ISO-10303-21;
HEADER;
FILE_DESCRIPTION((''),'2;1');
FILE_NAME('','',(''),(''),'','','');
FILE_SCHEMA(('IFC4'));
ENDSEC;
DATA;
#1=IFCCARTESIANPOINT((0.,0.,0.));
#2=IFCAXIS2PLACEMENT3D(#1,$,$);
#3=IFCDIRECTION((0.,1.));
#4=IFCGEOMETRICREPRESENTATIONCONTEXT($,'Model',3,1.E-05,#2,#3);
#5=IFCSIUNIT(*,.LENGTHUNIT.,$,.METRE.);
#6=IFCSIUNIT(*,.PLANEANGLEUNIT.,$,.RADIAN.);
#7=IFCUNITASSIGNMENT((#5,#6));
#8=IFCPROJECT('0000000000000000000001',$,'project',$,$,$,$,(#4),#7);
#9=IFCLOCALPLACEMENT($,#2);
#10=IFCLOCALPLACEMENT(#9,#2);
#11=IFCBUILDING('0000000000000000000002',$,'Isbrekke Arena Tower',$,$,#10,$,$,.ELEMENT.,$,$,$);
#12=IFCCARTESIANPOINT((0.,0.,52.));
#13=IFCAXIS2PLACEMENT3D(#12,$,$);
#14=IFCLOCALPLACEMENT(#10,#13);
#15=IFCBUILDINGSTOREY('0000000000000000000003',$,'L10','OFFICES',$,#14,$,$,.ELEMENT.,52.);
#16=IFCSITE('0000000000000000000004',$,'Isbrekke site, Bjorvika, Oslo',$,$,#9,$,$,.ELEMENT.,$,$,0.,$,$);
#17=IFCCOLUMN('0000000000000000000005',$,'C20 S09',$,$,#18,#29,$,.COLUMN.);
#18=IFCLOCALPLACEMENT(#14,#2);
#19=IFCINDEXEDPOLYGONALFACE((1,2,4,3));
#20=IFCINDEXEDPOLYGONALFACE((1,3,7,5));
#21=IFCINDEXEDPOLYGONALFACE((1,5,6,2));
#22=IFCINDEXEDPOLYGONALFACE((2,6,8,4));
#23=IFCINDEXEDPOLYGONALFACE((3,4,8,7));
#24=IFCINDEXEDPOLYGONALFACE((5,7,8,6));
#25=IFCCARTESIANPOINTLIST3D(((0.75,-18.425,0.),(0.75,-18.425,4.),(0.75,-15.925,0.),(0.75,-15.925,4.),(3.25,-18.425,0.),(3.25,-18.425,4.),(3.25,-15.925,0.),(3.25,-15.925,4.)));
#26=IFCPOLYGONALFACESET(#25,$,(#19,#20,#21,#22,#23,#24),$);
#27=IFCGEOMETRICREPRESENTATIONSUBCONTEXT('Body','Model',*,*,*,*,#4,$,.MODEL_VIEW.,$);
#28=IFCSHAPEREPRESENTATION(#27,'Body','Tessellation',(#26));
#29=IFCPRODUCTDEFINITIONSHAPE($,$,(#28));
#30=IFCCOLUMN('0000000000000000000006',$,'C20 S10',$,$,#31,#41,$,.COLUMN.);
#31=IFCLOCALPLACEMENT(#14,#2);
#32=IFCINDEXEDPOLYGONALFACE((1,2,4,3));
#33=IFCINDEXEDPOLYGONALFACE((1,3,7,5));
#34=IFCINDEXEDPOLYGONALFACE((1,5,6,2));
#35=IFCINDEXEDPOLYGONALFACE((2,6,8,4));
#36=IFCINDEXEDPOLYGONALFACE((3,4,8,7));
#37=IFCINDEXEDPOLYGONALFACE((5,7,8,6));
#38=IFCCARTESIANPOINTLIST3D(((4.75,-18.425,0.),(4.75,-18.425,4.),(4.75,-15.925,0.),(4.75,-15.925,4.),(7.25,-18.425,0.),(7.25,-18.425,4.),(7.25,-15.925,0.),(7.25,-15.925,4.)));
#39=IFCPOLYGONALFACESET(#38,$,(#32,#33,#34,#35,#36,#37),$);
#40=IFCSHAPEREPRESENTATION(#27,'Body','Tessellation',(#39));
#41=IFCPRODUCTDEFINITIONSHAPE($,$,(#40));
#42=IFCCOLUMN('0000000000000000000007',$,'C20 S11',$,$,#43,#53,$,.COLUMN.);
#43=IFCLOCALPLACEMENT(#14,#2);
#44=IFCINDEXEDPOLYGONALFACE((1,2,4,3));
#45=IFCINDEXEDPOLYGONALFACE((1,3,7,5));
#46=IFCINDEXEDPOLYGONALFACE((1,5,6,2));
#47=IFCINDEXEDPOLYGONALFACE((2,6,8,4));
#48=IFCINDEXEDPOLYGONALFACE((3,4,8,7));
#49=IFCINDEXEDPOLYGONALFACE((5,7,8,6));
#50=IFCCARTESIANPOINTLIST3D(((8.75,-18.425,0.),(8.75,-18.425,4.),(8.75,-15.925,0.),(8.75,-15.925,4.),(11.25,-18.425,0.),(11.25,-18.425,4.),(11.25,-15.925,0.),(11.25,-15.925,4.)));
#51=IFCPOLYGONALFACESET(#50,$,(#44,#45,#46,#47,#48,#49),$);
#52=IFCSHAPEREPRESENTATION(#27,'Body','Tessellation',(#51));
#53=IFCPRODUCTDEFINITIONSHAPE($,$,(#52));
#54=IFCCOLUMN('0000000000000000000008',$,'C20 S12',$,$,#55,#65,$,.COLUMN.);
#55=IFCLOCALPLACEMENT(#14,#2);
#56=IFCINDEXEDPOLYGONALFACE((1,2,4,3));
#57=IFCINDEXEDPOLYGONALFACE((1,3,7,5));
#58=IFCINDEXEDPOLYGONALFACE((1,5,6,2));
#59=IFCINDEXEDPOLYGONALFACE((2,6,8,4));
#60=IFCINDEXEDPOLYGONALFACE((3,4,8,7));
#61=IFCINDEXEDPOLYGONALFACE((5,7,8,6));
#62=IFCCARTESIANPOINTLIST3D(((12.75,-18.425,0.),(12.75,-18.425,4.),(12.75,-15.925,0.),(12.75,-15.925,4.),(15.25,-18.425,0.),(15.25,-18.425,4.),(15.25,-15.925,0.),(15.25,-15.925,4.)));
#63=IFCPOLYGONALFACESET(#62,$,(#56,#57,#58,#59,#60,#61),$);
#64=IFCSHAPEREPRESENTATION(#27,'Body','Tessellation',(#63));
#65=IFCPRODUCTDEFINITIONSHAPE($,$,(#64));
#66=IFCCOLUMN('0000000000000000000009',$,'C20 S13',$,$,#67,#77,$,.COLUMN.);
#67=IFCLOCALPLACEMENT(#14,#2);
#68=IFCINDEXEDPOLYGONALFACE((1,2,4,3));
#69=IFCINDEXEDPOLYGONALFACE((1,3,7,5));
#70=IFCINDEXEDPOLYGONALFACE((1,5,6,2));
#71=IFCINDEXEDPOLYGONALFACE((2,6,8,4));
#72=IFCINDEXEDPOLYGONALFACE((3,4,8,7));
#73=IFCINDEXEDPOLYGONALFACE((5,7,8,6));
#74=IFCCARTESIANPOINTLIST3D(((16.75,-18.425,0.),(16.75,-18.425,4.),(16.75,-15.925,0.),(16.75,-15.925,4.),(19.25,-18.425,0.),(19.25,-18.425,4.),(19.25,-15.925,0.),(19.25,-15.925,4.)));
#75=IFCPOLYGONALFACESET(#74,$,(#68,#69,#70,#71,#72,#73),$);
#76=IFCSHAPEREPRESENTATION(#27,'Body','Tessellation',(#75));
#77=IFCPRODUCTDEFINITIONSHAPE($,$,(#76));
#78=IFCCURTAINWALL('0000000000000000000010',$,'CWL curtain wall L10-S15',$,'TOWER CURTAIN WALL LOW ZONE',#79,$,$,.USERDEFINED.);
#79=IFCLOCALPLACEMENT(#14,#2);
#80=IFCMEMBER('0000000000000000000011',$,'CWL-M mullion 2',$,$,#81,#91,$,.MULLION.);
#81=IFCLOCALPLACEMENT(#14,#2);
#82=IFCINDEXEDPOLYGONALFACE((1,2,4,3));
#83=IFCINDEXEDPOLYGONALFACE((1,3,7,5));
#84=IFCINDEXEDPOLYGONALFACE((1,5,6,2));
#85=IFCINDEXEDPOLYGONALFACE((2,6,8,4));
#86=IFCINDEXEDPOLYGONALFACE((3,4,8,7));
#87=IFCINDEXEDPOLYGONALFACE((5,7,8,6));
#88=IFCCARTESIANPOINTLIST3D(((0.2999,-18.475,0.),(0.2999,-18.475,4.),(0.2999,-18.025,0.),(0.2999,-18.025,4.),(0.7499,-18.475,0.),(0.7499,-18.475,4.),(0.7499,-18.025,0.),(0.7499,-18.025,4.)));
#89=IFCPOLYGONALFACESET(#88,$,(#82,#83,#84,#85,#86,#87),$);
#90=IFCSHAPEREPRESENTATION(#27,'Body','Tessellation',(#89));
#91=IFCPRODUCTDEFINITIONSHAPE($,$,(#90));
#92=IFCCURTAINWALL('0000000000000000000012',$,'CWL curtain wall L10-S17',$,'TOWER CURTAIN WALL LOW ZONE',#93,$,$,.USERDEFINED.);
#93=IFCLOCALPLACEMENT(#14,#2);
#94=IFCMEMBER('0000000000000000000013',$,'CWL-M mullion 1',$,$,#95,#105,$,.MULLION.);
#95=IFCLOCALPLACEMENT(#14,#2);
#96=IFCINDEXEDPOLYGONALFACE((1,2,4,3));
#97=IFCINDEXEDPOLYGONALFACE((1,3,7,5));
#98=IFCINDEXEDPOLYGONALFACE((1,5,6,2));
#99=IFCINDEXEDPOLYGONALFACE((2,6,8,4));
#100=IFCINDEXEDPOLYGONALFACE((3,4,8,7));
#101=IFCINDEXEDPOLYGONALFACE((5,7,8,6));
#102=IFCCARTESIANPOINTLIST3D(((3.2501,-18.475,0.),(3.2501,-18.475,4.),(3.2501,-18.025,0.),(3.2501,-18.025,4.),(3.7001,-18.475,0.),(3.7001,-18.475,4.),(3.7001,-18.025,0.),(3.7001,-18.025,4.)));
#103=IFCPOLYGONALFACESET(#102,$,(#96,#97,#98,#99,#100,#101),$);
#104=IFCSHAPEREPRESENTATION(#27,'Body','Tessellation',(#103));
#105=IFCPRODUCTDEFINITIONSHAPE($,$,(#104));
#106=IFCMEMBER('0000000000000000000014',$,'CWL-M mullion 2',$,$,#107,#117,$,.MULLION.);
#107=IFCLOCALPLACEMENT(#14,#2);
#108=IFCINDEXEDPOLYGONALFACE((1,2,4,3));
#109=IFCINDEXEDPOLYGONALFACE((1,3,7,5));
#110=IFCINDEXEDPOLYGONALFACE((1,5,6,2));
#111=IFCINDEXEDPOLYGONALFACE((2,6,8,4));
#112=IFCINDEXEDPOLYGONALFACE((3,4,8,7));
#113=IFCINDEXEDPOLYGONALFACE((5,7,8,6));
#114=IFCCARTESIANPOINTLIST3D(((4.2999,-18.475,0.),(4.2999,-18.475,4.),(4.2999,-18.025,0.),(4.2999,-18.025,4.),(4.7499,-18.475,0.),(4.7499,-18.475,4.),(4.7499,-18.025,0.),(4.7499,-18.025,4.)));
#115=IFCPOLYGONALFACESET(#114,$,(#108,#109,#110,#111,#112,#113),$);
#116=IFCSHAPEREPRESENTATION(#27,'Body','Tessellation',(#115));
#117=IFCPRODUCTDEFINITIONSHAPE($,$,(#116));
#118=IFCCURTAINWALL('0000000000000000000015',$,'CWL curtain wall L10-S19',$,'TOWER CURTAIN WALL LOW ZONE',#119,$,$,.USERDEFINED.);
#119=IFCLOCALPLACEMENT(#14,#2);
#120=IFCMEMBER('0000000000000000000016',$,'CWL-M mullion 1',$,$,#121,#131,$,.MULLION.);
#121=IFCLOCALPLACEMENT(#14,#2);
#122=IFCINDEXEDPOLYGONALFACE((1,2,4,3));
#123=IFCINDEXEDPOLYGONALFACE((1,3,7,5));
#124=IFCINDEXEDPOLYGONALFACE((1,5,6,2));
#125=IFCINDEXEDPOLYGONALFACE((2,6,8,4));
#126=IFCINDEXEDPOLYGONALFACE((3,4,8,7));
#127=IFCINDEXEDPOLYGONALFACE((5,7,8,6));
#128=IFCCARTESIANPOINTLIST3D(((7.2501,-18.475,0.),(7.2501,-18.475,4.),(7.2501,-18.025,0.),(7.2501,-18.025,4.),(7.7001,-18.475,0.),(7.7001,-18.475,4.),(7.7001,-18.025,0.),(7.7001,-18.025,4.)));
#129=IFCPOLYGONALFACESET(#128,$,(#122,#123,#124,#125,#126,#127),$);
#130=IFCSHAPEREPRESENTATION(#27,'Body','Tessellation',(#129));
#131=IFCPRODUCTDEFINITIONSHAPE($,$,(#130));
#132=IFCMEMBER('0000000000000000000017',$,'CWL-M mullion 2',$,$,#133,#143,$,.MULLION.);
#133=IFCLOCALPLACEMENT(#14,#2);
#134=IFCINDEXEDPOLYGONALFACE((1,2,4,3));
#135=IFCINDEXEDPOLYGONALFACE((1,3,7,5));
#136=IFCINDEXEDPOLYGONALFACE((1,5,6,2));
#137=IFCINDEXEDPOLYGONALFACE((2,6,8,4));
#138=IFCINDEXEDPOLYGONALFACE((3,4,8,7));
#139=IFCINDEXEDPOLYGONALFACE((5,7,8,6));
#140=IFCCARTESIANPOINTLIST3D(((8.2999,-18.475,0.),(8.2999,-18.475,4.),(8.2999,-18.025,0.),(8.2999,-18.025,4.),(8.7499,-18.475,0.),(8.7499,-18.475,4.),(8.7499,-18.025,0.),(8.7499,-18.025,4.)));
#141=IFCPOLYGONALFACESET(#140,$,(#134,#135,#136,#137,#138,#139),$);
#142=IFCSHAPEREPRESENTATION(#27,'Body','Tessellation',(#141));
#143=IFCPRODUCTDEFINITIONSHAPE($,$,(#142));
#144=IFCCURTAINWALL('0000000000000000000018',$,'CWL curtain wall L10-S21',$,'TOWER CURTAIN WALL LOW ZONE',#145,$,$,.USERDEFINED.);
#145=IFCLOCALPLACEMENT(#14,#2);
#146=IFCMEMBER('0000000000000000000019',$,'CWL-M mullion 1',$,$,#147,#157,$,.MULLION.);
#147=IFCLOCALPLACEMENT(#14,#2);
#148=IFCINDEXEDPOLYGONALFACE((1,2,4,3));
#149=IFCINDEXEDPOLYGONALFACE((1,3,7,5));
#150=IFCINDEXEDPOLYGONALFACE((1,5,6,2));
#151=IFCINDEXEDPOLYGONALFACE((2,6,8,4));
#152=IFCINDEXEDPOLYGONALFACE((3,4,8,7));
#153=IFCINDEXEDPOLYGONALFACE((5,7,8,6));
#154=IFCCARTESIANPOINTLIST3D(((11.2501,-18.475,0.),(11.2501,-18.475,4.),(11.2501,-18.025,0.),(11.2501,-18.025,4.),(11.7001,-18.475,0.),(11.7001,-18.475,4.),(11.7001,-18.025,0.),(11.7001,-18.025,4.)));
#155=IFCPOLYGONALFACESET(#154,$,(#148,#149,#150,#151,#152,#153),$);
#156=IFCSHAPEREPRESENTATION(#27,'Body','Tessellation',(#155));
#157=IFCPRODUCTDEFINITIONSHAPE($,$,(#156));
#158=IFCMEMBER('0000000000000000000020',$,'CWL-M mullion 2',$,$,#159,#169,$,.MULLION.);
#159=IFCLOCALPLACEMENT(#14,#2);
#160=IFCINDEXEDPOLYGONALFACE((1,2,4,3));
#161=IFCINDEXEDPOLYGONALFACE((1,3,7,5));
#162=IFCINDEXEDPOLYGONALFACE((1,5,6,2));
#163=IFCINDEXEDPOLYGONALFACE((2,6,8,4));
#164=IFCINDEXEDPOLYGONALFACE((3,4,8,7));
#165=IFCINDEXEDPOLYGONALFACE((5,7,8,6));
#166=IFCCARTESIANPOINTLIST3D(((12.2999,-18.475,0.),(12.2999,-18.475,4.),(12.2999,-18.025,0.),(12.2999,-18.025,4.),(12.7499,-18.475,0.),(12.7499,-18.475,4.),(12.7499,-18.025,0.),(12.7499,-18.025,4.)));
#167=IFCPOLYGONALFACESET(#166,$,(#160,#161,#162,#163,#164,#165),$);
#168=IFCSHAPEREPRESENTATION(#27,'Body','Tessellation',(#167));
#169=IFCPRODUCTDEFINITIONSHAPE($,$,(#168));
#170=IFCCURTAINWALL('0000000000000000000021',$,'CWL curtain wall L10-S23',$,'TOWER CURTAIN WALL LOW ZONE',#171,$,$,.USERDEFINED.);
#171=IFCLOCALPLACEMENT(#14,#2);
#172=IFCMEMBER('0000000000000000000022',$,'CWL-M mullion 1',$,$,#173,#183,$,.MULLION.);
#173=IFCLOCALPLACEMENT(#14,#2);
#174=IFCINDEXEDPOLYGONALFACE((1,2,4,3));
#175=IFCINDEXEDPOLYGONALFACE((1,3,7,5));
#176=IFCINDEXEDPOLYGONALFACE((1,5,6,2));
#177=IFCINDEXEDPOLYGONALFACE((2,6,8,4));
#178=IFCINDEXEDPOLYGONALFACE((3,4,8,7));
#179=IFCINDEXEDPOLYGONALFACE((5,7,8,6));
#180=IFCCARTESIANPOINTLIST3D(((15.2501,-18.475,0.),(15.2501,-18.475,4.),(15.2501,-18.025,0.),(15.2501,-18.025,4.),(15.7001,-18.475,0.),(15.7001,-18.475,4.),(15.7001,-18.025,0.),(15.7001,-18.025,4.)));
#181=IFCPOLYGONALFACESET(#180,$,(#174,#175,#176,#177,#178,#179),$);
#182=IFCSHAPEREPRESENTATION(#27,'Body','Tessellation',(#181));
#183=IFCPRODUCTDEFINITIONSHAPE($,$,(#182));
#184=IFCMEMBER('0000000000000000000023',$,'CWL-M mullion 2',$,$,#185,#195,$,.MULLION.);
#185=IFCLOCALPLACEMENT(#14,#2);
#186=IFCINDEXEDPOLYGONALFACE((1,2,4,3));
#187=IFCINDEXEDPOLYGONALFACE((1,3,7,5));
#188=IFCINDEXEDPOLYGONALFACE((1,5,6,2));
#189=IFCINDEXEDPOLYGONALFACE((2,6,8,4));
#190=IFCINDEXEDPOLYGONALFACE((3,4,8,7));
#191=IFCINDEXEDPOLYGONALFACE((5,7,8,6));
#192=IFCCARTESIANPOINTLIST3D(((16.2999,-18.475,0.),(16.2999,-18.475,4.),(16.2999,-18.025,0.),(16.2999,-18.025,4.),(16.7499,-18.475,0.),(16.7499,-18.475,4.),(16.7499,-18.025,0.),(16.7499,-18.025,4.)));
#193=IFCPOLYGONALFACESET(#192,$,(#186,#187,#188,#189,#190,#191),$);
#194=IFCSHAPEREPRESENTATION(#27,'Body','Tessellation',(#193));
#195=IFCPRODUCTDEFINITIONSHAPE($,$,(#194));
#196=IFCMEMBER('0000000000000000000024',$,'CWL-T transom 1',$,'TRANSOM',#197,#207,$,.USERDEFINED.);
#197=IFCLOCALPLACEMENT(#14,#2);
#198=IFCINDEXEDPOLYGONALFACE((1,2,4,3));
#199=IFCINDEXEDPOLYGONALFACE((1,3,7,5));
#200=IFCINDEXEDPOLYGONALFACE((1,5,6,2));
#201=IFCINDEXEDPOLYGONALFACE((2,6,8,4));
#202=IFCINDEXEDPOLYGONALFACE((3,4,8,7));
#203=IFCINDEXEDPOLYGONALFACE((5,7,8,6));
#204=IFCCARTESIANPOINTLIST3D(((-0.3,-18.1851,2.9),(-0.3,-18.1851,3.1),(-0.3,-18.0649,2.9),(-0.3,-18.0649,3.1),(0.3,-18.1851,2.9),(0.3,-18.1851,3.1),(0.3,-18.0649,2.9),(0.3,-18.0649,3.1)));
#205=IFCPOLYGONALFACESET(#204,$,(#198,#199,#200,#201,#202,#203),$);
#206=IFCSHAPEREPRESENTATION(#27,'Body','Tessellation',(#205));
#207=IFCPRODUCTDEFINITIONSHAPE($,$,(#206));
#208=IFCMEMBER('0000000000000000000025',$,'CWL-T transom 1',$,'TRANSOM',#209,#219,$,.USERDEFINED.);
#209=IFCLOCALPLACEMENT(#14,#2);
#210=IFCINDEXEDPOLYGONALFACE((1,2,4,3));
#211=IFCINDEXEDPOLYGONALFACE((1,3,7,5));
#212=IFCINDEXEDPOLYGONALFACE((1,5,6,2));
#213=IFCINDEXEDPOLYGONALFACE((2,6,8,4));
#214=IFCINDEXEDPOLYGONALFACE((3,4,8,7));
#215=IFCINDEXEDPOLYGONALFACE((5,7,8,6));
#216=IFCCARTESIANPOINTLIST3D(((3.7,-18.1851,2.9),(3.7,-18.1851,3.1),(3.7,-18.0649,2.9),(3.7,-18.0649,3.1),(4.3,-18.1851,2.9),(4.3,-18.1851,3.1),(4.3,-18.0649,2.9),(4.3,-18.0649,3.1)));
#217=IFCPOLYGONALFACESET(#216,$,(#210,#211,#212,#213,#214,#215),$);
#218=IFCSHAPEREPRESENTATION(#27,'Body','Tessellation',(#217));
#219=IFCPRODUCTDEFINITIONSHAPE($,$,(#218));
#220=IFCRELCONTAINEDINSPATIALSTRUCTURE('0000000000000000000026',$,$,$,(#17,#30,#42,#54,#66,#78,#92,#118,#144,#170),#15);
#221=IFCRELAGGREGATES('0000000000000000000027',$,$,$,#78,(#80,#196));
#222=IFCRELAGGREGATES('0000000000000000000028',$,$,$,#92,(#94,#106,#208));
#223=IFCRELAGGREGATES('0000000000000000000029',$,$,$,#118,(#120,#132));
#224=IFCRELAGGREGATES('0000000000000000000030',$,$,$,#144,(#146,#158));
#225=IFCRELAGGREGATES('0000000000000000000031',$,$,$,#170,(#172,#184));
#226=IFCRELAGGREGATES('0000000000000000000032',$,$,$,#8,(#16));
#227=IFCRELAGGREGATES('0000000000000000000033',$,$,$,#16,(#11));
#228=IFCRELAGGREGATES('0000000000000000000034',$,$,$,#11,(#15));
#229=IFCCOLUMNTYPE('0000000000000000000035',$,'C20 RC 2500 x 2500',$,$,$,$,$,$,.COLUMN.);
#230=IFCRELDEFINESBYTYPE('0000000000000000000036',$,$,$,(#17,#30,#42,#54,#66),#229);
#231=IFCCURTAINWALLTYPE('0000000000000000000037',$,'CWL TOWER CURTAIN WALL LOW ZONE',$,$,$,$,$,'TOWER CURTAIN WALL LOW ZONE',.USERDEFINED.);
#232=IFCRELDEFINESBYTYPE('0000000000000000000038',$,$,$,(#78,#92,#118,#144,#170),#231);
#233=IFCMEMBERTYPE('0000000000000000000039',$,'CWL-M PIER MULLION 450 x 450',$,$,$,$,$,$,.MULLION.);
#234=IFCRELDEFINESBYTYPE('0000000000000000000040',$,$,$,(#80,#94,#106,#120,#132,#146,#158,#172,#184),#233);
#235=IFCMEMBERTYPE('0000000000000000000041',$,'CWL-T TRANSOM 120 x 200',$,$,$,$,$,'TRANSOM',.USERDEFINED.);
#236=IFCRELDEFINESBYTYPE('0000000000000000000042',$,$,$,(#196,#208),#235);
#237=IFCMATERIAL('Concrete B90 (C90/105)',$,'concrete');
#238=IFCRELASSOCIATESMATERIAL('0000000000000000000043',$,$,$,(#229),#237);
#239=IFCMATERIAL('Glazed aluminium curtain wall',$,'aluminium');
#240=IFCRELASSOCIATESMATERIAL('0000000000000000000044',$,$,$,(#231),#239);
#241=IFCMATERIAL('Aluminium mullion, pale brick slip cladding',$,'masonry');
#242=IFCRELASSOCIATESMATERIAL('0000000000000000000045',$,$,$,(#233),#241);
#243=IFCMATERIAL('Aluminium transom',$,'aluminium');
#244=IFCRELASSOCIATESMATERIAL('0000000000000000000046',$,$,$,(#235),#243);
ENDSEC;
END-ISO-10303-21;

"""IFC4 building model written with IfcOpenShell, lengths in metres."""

from ifc_helpers import new_model, si_unit, direction, frame, origin, origin_2d, place, context, subcontext, project, spatial, rectangle, extrude, material, material_profile, profile_set, type_object, element, aggregate, save


model = new_model("IFC4")

# Units and contexts
model_context = context("Model", 3, precision=1e-05, world=origin(), true_north=direction((0.0, 1.0)))
body_context = subcontext(model_context, "Body", "Model", "MODEL_VIEW")
ifc_project = project(units=[si_unit("LENGTHUNIT", "METRE"), si_unit("PLANEANGLEUNIT", "RADIAN")], contexts=[model_context])

# Site, building, storey
site_placement = place(None, origin())
site = spatial("IfcSite", under=ifc_project, at=site_placement, Name="Isbrekke site, Bjorvika, Oslo", CompositionType="ELEMENT", RefElevation=0.0)
building_placement = place(site_placement, origin())
building = spatial("IfcBuilding", under=site, at=building_placement, Name="Isbrekke Arena Tower", CompositionType="ELEMENT")
storey_placement = place(building_placement, frame((0.0, 0.0, 52.0)))
storey = spatial("IfcBuildingStorey", under=building, at=storey_placement, Name="L10", Description="OFFICES", CompositionType="ELEMENT", Elevation=52.0)

# Columns
ifc_material_1 = material(Name="Concrete B90 (C90/105)", Category="concrete")
ifc_material_profile_1 = material_profile(ifc_material_1, rectangle(XDim=2.5, YDim=2.5, at=origin_2d()), Name="RC 2500x2500")
ifc_profile_set_1 = profile_set([ifc_material_profile_1], Name="Concrete B90 (C90/105)")
column_type = type_object("IfcColumnType", Name="C20 RC 2500 x 2500", PredefinedType="COLUMN", material=ifc_profile_set_1)
for number, where, z_axis, x_axis, name in (
    (1, (2.0, -17.175, 0.0), (0.0, 0.0, 1.0), (1.0, 0.0, 0.0), "C20 S09"),
    (2, (6.0, -17.175, 0.0), (0.0, 0.0, 1.0), (1.0, 0.0, 0.0), "C20 S10"),
    (3, (10.0, -17.175, 0.0), (0.0, 0.0, 1.0), (1.0, 0.0, 0.0), "C20 S11"),
    (4, (14.0, -17.175, 0.0), (0.0, 0.0, 1.0), (1.0, 0.0, 0.0), "C20 S12"),
    (5, (18.0, -17.175, 0.0), (0.0, 0.0, 1.0), (1.0, 0.0, 0.0), "C20 S13"),
):
    element("IfcColumn", number, at=place(storey_placement, frame(where, z_axis=z_axis, x_axis=x_axis)), inside=storey, type_object=column_type, Name=name, PredefinedType="COLUMN", context=body_context, shape_type="SweptSolid", body=[
        extrude(rectangle(XDim=2.5, YDim=2.5, at=origin_2d()), origin(), (0.0, 0.0, 1.0), 4.0),
    ])

# Curtain wall, member
ifc_material_2 = material(Name="Glazed aluminium curtain wall", Category="aluminium")
curtain_wall_type = type_object("IfcCurtainWallType", Name="CWL TOWER CURTAIN WALL LOW ZONE", ElementType="TOWER CURTAIN WALL LOW ZONE", PredefinedType="USERDEFINED", material=ifc_material_2)
curtain_wall_1_placement = place(storey_placement, origin())
curtain_wall_1 = element("IfcCurtainWall", 6, at=curtain_wall_1_placement, inside=storey, type_object=curtain_wall_type, Name="CWL curtain wall L10-S15", ObjectType="TOWER CURTAIN WALL LOW ZONE", PredefinedType="USERDEFINED")
ifc_material_3 = material(Name="Aluminium mullion, pale brick slip cladding", Category="masonry")
ifc_material_profile_2 = material_profile(ifc_material_3, rectangle(XDim=0.45, YDim=0.45, at=origin_2d()), Name="PIER 450X450")
ifc_profile_set_2 = profile_set([ifc_material_profile_2], Name="Aluminium mullion, pale brick slip cladding")
member_type_1 = type_object("IfcMemberType", Name="CWL-M PIER MULLION 450 x 450", PredefinedType="MULLION", material=ifc_profile_set_2)
member_1_placement = place(storey_placement, frame((0.5249, -18.25, 0.0), z_axis=(0.0, 0.0, 1.0), x_axis=(1.0, 0.0, 0.0)))
member_1 = element("IfcMember", 7, at=member_1_placement, type_object=member_type_1, Name="CWL-M mullion 2", PredefinedType="MULLION", context=body_context, shape_type="SweptSolid", body=[
    extrude(rectangle(XDim=0.45, YDim=0.45, at=origin_2d()), origin(), (0.0, 0.0, 1.0), 4.0),
])

# Curtain walls, members
curtain_wall_2_placement = place(storey_placement, origin())
curtain_wall_2 = element("IfcCurtainWall", 8, at=curtain_wall_2_placement, inside=storey, type_object=curtain_wall_type, Name="CWL curtain wall L10-S17", ObjectType="TOWER CURTAIN WALL LOW ZONE", PredefinedType="USERDEFINED")
member_2_placement = place(storey_placement, frame((3.4751, -18.25, 0.0), z_axis=(0.0, 0.0, 1.0), x_axis=(1.0, 0.0, 0.0)))
member_2 = element("IfcMember", 9, at=member_2_placement, type_object=member_type_1, Name="CWL-M mullion 1", PredefinedType="MULLION", context=body_context, shape_type="SweptSolid", body=[
    extrude(rectangle(XDim=0.45, YDim=0.45, at=origin_2d()), origin(), (0.0, 0.0, 1.0), 4.0),
])
member_3_placement = place(storey_placement, frame((4.5249, -18.25, 0.0), z_axis=(0.0, 0.0, 1.0), x_axis=(1.0, 0.0, 0.0)))
member_3 = element("IfcMember", 10, at=member_3_placement, type_object=member_type_1, Name="CWL-M mullion 2", PredefinedType="MULLION", context=body_context, shape_type="SweptSolid", body=[
    extrude(rectangle(XDim=0.45, YDim=0.45, at=origin_2d()), origin(), (0.0, 0.0, 1.0), 4.0),
])
curtain_wall_3_placement = place(storey_placement, origin())
curtain_wall_3 = element("IfcCurtainWall", 11, at=curtain_wall_3_placement, inside=storey, type_object=curtain_wall_type, Name="CWL curtain wall L10-S19", ObjectType="TOWER CURTAIN WALL LOW ZONE", PredefinedType="USERDEFINED")
member_4_placement = place(storey_placement, frame((7.4751, -18.25, 0.0), z_axis=(0.0, 0.0, 1.0), x_axis=(1.0, 0.0, 0.0)))
member_4 = element("IfcMember", 12, at=member_4_placement, type_object=member_type_1, Name="CWL-M mullion 1", PredefinedType="MULLION", context=body_context, shape_type="SweptSolid", body=[
    extrude(rectangle(XDim=0.45, YDim=0.45, at=origin_2d()), origin(), (0.0, 0.0, 1.0), 4.0),
])
member_5_placement = place(storey_placement, frame((8.5249, -18.25, 0.0), z_axis=(0.0, 0.0, 1.0), x_axis=(1.0, 0.0, 0.0)))
member_5 = element("IfcMember", 13, at=member_5_placement, type_object=member_type_1, Name="CWL-M mullion 2", PredefinedType="MULLION", context=body_context, shape_type="SweptSolid", body=[
    extrude(rectangle(XDim=0.45, YDim=0.45, at=origin_2d()), origin(), (0.0, 0.0, 1.0), 4.0),
])
curtain_wall_4_placement = place(storey_placement, origin())
curtain_wall_4 = element("IfcCurtainWall", 14, at=curtain_wall_4_placement, inside=storey, type_object=curtain_wall_type, Name="CWL curtain wall L10-S21", ObjectType="TOWER CURTAIN WALL LOW ZONE", PredefinedType="USERDEFINED")
member_6_placement = place(storey_placement, frame((11.4751, -18.25, 0.0), z_axis=(0.0, 0.0, 1.0), x_axis=(1.0, 0.0, 0.0)))
member_6 = element("IfcMember", 15, at=member_6_placement, type_object=member_type_1, Name="CWL-M mullion 1", PredefinedType="MULLION", context=body_context, shape_type="SweptSolid", body=[
    extrude(rectangle(XDim=0.45, YDim=0.45, at=origin_2d()), origin(), (0.0, 0.0, 1.0), 4.0),
])
member_7_placement = place(storey_placement, frame((12.5249, -18.25, 0.0), z_axis=(0.0, 0.0, 1.0), x_axis=(1.0, 0.0, 0.0)))
member_7 = element("IfcMember", 16, at=member_7_placement, type_object=member_type_1, Name="CWL-M mullion 2", PredefinedType="MULLION", context=body_context, shape_type="SweptSolid", body=[
    extrude(rectangle(XDim=0.45, YDim=0.45, at=origin_2d()), origin(), (0.0, 0.0, 1.0), 4.0),
])
curtain_wall_5_placement = place(storey_placement, origin())
curtain_wall_5 = element("IfcCurtainWall", 17, at=curtain_wall_5_placement, inside=storey, type_object=curtain_wall_type, Name="CWL curtain wall L10-S23", ObjectType="TOWER CURTAIN WALL LOW ZONE", PredefinedType="USERDEFINED")
member_8_placement = place(storey_placement, frame((15.4751, -18.25, 0.0), z_axis=(0.0, 0.0, 1.0), x_axis=(1.0, 0.0, 0.0)))
member_8 = element("IfcMember", 18, at=member_8_placement, type_object=member_type_1, Name="CWL-M mullion 1", PredefinedType="MULLION", context=body_context, shape_type="SweptSolid", body=[
    extrude(rectangle(XDim=0.45, YDim=0.45, at=origin_2d()), origin(), (0.0, 0.0, 1.0), 4.0),
])
member_9_placement = place(storey_placement, frame((16.5249, -18.25, 0.0), z_axis=(0.0, 0.0, 1.0), x_axis=(1.0, 0.0, 0.0)))
member_9 = element("IfcMember", 19, at=member_9_placement, type_object=member_type_1, Name="CWL-M mullion 2", PredefinedType="MULLION", context=body_context, shape_type="SweptSolid", body=[
    extrude(rectangle(XDim=0.45, YDim=0.45, at=origin_2d()), origin(), (0.0, 0.0, 1.0), 4.0),
])

# Members
ifc_material_4 = material(Name="Aluminium transom", Category="aluminium")
ifc_material_profile_3 = material_profile(ifc_material_4, rectangle(XDim=0.1201, YDim=0.2, at=origin_2d()), Name="TRANSOM 120X200")
ifc_profile_set_3 = profile_set([ifc_material_profile_3], Name="Aluminium transom")
member_type_2 = type_object("IfcMemberType", Name="CWL-T TRANSOM 120 x 200", ElementType="TRANSOM", PredefinedType="USERDEFINED", material=ifc_profile_set_3)
member_10_placement = place(storey_placement, frame((-0.3, -18.125, 3.0), z_axis=(1.0, 0.0, 0.0), x_axis=(0.0, 1.0, 0.0)))
member_10 = element("IfcMember", 20, at=member_10_placement, type_object=member_type_2, Name="CWL-T transom 1", ObjectType="TRANSOM", PredefinedType="USERDEFINED", context=body_context, shape_type="SweptSolid", body=[
    extrude(rectangle(XDim=0.1201, YDim=0.2, at=origin_2d()), origin(), (0.0, 0.0, 1.0), 0.6001),
])
member_11_placement = place(storey_placement, frame((3.7, -18.125, 3.0), z_axis=(1.0, 0.0, 0.0), x_axis=(0.0, 1.0, 0.0)))
member_11 = element("IfcMember", 21, at=member_11_placement, type_object=member_type_2, Name="CWL-T transom 1", ObjectType="TRANSOM", PredefinedType="USERDEFINED", context=body_context, shape_type="SweptSolid", body=[
    extrude(rectangle(XDim=0.1201, YDim=0.2, at=origin_2d()), origin(), (0.0, 0.0, 1.0), 0.6001),
])

aggregate(curtain_wall_1, [member_1, member_10])
aggregate(curtain_wall_2, [member_2, member_3, member_11])
aggregate(curtain_wall_3, [member_4, member_5])
aggregate(curtain_wall_4, [member_6, member_7])
aggregate(curtain_wall_5, [member_8, member_9])

save(model, "model.ifc")
